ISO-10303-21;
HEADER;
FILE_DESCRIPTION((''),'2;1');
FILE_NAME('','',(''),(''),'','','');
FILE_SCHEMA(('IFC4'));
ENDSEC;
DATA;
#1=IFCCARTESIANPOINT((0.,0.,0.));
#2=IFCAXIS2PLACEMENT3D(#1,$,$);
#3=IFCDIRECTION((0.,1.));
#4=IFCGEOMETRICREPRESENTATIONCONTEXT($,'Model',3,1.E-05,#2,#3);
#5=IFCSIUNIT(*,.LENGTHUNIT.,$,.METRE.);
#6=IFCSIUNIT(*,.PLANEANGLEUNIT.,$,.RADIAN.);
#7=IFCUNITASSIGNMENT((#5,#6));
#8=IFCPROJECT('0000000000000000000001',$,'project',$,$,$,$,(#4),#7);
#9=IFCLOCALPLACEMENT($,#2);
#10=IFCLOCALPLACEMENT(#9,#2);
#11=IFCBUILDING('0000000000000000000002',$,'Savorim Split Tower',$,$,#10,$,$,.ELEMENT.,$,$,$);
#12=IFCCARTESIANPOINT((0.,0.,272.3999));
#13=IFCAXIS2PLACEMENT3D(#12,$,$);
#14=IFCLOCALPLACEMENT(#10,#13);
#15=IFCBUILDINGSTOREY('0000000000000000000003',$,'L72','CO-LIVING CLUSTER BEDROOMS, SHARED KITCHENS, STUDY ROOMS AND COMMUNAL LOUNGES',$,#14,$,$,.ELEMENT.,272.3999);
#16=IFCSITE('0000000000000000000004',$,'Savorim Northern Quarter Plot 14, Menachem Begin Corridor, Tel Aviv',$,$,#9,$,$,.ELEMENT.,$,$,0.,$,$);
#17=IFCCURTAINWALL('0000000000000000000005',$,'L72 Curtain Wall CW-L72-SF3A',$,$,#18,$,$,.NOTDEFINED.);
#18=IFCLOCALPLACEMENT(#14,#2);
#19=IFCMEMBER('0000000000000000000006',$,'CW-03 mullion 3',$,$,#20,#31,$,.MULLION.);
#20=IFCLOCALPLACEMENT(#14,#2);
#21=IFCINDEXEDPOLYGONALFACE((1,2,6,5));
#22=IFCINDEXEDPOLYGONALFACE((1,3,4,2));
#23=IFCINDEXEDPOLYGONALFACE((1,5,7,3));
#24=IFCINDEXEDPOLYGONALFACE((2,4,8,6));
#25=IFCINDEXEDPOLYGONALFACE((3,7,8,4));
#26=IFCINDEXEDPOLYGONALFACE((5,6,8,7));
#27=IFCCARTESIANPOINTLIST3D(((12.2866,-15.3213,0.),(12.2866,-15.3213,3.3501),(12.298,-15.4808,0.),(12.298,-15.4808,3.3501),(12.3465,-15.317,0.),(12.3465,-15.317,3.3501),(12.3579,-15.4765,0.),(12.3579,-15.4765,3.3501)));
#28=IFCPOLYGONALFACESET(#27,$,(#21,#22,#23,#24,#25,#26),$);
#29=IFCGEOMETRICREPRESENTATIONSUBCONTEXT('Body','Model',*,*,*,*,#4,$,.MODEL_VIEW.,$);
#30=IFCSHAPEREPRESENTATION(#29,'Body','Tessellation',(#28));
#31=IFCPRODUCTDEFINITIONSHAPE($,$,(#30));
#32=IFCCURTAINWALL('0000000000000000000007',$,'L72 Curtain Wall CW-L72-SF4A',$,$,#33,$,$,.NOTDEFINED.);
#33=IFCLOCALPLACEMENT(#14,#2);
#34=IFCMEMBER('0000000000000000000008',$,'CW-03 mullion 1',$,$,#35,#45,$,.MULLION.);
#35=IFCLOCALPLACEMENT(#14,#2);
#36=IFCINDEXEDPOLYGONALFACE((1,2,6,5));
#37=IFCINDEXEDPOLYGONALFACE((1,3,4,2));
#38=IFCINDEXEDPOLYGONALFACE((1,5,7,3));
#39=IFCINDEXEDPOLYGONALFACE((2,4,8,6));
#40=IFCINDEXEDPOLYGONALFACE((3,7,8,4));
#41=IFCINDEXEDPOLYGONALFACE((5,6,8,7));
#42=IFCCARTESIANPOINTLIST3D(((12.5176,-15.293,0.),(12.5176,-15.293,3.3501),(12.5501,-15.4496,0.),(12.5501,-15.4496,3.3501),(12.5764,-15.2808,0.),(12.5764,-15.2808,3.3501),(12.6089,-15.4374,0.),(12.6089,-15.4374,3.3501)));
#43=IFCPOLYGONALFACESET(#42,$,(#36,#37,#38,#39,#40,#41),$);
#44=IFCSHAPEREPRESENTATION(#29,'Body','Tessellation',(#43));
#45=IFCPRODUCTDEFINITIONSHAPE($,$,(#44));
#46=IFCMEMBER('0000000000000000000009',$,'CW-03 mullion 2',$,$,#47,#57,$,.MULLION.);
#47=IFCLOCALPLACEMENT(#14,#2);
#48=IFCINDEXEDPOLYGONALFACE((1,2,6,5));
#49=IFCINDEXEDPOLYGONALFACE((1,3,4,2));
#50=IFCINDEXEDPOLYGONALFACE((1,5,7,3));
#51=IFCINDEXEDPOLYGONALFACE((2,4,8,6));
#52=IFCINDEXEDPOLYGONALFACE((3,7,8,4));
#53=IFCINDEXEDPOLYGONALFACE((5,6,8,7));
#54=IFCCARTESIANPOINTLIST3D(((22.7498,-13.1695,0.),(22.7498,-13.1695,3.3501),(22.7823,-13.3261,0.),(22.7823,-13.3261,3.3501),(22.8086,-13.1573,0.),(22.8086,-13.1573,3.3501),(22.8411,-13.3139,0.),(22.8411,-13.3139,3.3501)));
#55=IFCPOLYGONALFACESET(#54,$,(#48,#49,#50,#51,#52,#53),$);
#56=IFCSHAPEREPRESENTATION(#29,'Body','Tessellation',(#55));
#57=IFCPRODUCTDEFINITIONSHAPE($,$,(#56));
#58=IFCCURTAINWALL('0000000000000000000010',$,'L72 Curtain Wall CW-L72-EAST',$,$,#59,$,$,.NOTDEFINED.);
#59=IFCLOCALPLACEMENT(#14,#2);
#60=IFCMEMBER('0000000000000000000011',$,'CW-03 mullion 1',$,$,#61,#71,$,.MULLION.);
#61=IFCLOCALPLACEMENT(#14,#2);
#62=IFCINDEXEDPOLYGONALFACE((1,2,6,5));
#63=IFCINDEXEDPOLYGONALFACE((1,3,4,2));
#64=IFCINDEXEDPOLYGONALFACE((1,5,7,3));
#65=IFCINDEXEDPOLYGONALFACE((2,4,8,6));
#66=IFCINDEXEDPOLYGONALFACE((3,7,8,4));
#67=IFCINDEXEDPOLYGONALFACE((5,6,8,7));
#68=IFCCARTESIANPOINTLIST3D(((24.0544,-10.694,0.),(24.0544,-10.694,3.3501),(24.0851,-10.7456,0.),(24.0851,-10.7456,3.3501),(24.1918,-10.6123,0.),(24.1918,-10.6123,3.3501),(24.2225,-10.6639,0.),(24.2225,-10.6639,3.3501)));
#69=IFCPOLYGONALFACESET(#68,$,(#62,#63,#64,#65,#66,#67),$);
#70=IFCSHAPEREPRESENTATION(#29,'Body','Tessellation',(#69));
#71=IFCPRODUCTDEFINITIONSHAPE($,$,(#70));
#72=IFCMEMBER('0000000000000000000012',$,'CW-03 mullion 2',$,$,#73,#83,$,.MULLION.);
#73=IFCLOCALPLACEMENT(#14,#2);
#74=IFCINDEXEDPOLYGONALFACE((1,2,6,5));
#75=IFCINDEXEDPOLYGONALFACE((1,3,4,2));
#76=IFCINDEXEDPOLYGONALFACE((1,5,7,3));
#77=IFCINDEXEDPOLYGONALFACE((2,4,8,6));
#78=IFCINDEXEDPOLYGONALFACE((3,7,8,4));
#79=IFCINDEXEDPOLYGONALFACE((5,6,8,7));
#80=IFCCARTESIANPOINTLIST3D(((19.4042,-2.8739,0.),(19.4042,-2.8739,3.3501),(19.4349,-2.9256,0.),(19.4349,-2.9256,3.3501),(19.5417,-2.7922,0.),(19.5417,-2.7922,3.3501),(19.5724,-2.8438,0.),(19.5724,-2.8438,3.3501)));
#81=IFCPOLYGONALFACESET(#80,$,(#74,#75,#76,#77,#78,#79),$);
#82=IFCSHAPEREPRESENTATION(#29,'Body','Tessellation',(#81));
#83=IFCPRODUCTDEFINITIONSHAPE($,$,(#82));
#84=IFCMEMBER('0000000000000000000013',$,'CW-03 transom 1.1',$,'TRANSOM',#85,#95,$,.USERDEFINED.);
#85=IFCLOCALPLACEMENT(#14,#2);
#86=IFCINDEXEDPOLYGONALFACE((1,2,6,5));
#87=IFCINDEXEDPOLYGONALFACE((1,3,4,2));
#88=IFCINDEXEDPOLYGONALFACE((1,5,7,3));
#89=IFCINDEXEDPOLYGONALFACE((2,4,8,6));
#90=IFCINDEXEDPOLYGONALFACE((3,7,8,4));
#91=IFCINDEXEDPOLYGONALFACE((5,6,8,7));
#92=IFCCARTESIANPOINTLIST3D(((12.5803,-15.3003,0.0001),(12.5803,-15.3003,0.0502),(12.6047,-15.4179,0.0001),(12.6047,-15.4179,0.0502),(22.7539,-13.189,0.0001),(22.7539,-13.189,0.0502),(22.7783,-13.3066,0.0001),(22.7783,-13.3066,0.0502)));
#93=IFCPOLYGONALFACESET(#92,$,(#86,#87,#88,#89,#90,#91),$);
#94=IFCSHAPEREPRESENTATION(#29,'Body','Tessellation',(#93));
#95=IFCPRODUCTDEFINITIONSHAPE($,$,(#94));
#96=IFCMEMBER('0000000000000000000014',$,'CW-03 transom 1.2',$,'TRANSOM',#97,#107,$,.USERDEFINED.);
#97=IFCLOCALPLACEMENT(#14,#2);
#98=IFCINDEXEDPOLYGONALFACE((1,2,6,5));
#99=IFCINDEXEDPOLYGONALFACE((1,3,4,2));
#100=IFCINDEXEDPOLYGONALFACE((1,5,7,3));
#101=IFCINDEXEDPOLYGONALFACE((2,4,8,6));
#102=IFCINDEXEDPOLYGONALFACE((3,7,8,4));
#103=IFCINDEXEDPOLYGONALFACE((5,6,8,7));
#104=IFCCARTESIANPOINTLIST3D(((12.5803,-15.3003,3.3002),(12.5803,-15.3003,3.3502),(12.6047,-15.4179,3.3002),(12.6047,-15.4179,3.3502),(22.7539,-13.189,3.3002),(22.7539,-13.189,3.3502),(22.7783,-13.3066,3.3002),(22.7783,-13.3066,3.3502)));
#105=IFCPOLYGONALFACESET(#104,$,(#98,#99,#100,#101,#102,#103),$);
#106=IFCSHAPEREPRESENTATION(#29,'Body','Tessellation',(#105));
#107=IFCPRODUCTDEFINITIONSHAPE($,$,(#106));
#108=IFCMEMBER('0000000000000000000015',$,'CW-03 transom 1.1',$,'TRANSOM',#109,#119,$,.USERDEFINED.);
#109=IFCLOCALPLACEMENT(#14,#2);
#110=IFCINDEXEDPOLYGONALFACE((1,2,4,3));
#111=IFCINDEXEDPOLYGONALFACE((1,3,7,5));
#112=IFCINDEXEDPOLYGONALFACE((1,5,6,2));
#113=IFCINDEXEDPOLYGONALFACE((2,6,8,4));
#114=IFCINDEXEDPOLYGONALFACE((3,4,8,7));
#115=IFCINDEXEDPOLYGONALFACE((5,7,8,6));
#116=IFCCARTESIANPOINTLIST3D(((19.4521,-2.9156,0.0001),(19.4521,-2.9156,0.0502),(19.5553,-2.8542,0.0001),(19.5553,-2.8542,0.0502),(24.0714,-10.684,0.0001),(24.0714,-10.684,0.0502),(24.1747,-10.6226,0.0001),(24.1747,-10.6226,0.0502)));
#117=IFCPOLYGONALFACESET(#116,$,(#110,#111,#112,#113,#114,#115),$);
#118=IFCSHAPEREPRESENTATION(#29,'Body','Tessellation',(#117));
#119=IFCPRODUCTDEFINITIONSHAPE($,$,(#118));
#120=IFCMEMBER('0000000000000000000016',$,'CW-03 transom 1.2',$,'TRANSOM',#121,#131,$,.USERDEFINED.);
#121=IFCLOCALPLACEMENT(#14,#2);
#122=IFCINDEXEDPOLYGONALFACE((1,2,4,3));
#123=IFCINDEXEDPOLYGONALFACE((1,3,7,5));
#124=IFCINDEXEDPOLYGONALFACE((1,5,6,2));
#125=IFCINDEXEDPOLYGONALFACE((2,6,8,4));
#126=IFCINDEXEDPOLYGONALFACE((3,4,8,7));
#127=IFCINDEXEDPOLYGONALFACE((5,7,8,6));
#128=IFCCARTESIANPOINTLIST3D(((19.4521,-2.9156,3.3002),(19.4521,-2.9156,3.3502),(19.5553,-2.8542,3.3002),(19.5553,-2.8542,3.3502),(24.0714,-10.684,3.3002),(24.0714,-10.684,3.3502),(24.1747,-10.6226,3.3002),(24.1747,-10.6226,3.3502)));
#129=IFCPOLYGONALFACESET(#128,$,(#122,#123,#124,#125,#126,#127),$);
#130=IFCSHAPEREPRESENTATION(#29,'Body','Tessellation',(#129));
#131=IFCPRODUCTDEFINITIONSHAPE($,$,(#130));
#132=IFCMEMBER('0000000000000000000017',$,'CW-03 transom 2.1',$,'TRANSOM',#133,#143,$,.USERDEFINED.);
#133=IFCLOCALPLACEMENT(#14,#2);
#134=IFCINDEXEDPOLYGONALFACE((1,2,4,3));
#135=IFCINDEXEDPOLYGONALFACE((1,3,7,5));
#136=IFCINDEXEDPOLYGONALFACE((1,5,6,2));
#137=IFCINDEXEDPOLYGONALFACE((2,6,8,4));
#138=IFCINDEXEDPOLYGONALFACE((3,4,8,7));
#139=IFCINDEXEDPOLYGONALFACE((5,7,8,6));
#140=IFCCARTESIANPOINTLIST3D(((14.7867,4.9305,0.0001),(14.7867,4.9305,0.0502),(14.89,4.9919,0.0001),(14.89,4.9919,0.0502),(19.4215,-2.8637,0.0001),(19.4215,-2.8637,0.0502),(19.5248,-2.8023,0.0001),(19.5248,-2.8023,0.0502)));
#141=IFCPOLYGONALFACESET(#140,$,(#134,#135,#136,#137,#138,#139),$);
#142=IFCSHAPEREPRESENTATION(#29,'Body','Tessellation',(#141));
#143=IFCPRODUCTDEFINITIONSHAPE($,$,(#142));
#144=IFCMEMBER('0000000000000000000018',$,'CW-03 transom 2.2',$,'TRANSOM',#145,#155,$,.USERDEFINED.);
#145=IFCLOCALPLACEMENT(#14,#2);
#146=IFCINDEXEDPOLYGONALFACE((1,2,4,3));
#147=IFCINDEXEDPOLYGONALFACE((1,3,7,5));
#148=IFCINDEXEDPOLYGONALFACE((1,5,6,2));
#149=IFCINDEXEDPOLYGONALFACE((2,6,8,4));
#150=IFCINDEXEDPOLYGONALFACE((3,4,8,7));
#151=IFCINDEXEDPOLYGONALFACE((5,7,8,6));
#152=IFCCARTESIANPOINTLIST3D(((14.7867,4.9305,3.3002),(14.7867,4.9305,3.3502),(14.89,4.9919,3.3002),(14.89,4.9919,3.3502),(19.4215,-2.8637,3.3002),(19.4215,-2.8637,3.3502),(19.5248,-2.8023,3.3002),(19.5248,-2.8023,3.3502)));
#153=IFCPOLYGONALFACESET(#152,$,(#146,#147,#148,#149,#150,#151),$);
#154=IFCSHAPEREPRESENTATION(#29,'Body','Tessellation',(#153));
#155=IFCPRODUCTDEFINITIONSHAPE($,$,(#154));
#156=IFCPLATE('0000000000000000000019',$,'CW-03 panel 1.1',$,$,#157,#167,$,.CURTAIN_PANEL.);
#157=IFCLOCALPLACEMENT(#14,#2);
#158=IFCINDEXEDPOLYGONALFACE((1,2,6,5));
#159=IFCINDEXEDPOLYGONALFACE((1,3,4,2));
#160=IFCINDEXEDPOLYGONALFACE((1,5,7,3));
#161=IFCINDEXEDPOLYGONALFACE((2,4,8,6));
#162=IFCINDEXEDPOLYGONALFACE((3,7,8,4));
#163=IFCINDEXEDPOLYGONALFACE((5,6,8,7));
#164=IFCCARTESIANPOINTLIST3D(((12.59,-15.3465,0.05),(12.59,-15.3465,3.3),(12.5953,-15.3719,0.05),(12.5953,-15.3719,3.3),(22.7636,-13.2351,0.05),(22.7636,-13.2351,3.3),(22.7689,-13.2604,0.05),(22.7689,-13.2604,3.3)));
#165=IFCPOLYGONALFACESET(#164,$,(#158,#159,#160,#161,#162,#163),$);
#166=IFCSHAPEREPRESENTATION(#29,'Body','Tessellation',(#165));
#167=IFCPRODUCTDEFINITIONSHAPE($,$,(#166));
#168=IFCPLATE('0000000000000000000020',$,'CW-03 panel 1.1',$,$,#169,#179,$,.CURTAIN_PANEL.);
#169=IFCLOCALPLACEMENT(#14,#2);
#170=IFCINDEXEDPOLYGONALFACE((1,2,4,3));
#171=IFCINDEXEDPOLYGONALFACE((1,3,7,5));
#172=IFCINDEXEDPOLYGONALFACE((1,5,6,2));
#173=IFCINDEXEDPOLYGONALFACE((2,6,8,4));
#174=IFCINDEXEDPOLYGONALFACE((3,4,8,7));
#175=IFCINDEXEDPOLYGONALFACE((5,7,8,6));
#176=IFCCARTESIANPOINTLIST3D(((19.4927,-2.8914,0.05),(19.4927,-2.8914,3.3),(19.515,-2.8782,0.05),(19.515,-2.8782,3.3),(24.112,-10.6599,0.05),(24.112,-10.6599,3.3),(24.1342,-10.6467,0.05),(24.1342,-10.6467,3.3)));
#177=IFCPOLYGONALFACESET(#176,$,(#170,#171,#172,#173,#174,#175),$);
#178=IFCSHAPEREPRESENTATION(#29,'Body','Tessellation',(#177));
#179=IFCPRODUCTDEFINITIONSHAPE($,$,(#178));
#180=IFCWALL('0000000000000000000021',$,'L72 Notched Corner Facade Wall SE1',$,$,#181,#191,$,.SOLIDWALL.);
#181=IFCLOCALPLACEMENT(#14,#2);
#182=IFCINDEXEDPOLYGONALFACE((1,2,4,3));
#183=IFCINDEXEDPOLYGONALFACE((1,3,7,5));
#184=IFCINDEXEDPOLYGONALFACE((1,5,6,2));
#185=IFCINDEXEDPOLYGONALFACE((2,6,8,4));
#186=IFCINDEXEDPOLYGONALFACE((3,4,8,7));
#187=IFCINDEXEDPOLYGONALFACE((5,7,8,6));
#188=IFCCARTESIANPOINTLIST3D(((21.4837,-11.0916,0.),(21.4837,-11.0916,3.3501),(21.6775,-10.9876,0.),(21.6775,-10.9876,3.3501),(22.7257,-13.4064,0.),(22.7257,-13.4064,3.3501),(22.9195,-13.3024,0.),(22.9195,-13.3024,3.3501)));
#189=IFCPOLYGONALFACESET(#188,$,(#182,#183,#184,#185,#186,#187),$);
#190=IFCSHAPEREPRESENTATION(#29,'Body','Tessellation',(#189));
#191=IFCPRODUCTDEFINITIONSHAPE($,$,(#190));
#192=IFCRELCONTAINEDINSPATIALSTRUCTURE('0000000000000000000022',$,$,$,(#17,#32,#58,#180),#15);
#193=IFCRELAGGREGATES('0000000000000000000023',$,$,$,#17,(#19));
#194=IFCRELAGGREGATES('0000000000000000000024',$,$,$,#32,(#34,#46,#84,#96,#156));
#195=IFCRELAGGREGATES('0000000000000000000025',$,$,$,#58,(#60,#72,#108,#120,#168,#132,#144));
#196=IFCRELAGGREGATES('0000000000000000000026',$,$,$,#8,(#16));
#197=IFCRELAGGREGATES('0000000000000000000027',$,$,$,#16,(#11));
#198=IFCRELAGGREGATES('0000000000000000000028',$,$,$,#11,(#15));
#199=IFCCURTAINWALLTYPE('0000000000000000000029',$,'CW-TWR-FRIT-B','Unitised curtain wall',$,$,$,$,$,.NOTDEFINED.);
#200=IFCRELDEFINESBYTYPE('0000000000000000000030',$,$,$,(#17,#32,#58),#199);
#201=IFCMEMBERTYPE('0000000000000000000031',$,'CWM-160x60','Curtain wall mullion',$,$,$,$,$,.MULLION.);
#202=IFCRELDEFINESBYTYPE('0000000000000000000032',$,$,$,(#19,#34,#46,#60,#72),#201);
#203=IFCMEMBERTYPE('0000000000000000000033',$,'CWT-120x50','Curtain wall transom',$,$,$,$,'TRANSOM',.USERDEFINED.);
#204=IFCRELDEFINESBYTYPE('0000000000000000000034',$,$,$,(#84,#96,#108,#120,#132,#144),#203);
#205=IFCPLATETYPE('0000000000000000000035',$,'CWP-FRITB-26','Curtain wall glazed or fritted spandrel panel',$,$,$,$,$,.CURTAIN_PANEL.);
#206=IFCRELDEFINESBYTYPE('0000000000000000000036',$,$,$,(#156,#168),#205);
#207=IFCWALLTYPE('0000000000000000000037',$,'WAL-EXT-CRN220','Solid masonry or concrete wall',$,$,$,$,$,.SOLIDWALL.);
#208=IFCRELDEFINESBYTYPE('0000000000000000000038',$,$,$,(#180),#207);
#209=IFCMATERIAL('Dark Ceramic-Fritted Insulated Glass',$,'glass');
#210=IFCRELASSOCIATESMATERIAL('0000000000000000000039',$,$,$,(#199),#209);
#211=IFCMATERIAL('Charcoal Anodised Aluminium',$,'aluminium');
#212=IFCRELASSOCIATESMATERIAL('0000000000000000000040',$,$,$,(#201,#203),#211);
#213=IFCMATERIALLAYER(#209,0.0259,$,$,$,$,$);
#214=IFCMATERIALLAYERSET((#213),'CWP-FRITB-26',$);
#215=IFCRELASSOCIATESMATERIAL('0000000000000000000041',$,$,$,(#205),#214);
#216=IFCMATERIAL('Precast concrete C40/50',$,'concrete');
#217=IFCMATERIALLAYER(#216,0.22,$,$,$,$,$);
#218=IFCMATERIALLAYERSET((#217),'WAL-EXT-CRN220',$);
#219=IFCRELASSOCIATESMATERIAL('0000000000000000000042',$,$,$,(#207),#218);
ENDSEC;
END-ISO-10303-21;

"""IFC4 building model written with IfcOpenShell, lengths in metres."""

from ifc_helpers import new_model, si_unit, direction, frame, frame_2d, origin, origin_2d, place, context, subcontext, project, spatial, rectangle, extrude, material, layer, layer_set, material_profile, profile_set, type_object, element, aggregate, save


model = new_model("IFC4")

# Units and contexts
model_context = context("Model", 3, precision=1e-05, world=origin(), true_north=direction((0.0, 1.0)))
body_context = subcontext(model_context, "Body", "Model", "MODEL_VIEW")
ifc_project = project(units=[si_unit("LENGTHUNIT", "METRE"), si_unit("PLANEANGLEUNIT", "RADIAN")], contexts=[model_context])

# Site, building, storey
site_placement = place(None, origin())
site = spatial("IfcSite", under=ifc_project, at=site_placement, Name="Savorim Northern Quarter Plot 14, Menachem Begin Corridor, Tel Aviv", CompositionType="ELEMENT", RefElevation=0.0)
building_placement = place(site_placement, origin())
building = spatial("IfcBuilding", under=site, at=building_placement, Name="Savorim Split Tower", CompositionType="ELEMENT")
storey_placement = place(building_placement, frame((0.0, 0.0, 272.3999)))
storey = spatial("IfcBuildingStorey", under=building, at=storey_placement, Name="L72", Description="CO-LIVING CLUSTER BEDROOMS, SHARED KITCHENS, STUDY ROOMS AND COMMUNAL LOUNGES", CompositionType="ELEMENT", Elevation=272.3999)

# Curtain wall, member
ifc_material_1 = material(Name="Dark Ceramic-Fritted Insulated Glass", Category="glass")
curtain_wall_type = type_object("IfcCurtainWallType", Name="CW-TWR-FRIT-B", Description="Unitised curtain wall", PredefinedType="NOTDEFINED", material=ifc_material_1)
curtain_wall_1_placement = place(storey_placement, origin())
curtain_wall_1 = element("IfcCurtainWall", 1, at=curtain_wall_1_placement, inside=storey, type_object=curtain_wall_type, Name="L72 Curtain Wall CW-L72-SF3A", PredefinedType="NOTDEFINED")
ifc_material_2 = material(Name="Charcoal Anodised Aluminium", Category="aluminium")
ifc_material_profile_1 = material_profile(ifc_material_2, rectangle(XDim=0.1599, YDim=0.0601, at=origin_2d()), Name="ALU-M 160x60")
ifc_profile_set_1 = profile_set([ifc_material_profile_1], Name="Charcoal Anodised Aluminium")
member_type_1 = type_object("IfcMemberType", Name="CWM-160x60", Description="Curtain wall mullion", PredefinedType="MULLION", material=ifc_profile_set_1)
member_1_placement = place(storey_placement, frame((12.3223, -15.3989, 0.0), z_axis=(0.0, 0.0, 1.0), x_axis=(-0.071564, 0.997436, 0.0)))
member_1 = element("IfcMember", 2, at=member_1_placement, type_object=member_type_1, Name="CW-03 mullion 3", PredefinedType="MULLION", context=body_context, shape_type="SweptSolid", body=[
    extrude(rectangle(XDim=0.1599, YDim=0.0601, at=origin_2d()), origin(), (0.0, 0.0, 1.0), 3.3501),
])
aggregate(curtain_wall_1, [member_1])

# Curtain walls, members
curtain_wall_2_placement = place(storey_placement, origin())
curtain_wall_2 = element("IfcCurtainWall", 3, at=curtain_wall_2_placement, inside=storey, type_object=curtain_wall_type, Name="L72 Curtain Wall CW-L72-SF4A", PredefinedType="NOTDEFINED")
member_2_placement = place(storey_placement, frame((12.5632, -15.3652, 0.0), z_axis=(0.0, 0.0, 1.0), x_axis=(-0.20321, 0.979135, 0.0)))
member_2 = element("IfcMember", 4, at=member_2_placement, type_object=member_type_1, Name="CW-03 mullion 1", PredefinedType="MULLION", context=body_context, shape_type="SweptSolid", body=[
    extrude(rectangle(XDim=0.1599, YDim=0.0601, at=origin_2d()), origin(), (0.0, 0.0, 1.0), 3.3501),
])
member_3_placement = place(storey_placement, frame((22.7954, -13.2417, 0.0), z_axis=(0.0, 0.0, 1.0), x_axis=(-0.20321, 0.979135, 0.0)))
member_3 = element("IfcMember", 5, at=member_3_placement, type_object=member_type_1, Name="CW-03 mullion 2", PredefinedType="MULLION", context=body_context, shape_type="SweptSolid", body=[
    extrude(rectangle(XDim=0.1599, YDim=0.0601, at=origin_2d()), origin(), (0.0, 0.0, 1.0), 3.3501),
])
curtain_wall_3_placement = place(storey_placement, origin())
curtain_wall_3 = element("IfcCurtainWall", 6, at=curtain_wall_3_placement, inside=storey, type_object=curtain_wall_type, Name="L72 Curtain Wall CW-L72-EAST", PredefinedType="NOTDEFINED")
member_4_placement = place(storey_placement, frame((24.1384, -10.679, 0.0), z_axis=(0.0, 0.0, 1.0), x_axis=(-0.859527, -0.51109, 0.0)))
member_4 = element("IfcMember", 7, at=member_4_placement, type_object=member_type_1, Name="CW-03 mullion 1", PredefinedType="MULLION", context=body_context, shape_type="SweptSolid", body=[
    extrude(rectangle(XDim=0.1599, YDim=0.0601, at=origin_2d()), origin(), (0.0, 0.0, 1.0), 3.3501),
])
member_5_placement = place(storey_placement, frame((19.4883, -2.8589, 0.0), z_axis=(0.0, 0.0, 1.0), x_axis=(-0.859527, -0.51109, 0.0)))
member_5 = element("IfcMember", 8, at=member_5_placement, type_object=member_type_1, Name="CW-03 mullion 2", PredefinedType="MULLION", context=body_context, shape_type="SweptSolid", body=[
    extrude(rectangle(XDim=0.1599, YDim=0.0601, at=origin_2d()), origin(), (0.0, 0.0, 1.0), 3.3501),
])

# Members
ifc_material_profile_2 = material_profile(ifc_material_2, rectangle(XDim=0.1201, YDim=0.05, at=origin_2d()), Name="ALU-T 120x50")
ifc_profile_set_2 = profile_set([ifc_material_profile_2], Name="Charcoal Anodised Aluminium")
member_type_2 = type_object("IfcMemberType", Name="CWT-120x50", Description="Curtain wall transom", ElementType="TRANSOM", PredefinedType="USERDEFINED", material=ifc_profile_set_2)
member_6_placement = place(storey_placement, frame((12.5925, -15.3591, 0.0251), z_axis=(0.979137, 0.203201, 0.0), x_axis=(-0.203201, 0.979137, 0.0)))
member_6 = element("IfcMember", 9, at=member_6_placement, type_object=member_type_2, Name="CW-03 transom 1.1", ObjectType="TRANSOM", PredefinedType="USERDEFINED", context=body_context, shape_type="SweptSolid", body=[
    extrude(rectangle(XDim=0.1201, YDim=0.05, at=origin_2d()), origin(), (0.0, 0.0, 1.0), 10.3904),
])
member_7_placement = place(storey_placement, frame((12.5925, -15.3591, 3.3252), z_axis=(0.979137, 0.203201, 0.0), x_axis=(-0.203201, 0.979137, 0.0)))
member_7 = element("IfcMember", 10, at=member_7_placement, type_object=member_type_2, Name="CW-03 transom 1.2", ObjectType="TRANSOM", PredefinedType="USERDEFINED", context=body_context, shape_type="SweptSolid", body=[
    extrude(rectangle(XDim=0.1201, YDim=0.05, at=origin_2d()), origin(), (0.0, 0.0, 1.0), 10.3904),
])
member_8_placement = place(storey_placement, frame((24.123, -10.6533, 0.0251), z_axis=(-0.511095, 0.859524, 0.0), x_axis=(-0.859524, -0.511095, 0.0)))
member_8 = element("IfcMember", 11, at=member_8_placement, type_object=member_type_2, Name="CW-03 transom 1.1", ObjectType="TRANSOM", PredefinedType="USERDEFINED", context=body_context, shape_type="SweptSolid", body=[
    extrude(rectangle(XDim=0.1201, YDim=0.05, at=origin_2d()), origin(), (0.0, 0.0, 1.0), 9.0381),
])
member_9_placement = place(storey_placement, frame((24.123, -10.6533, 3.3252), z_axis=(-0.511095, 0.859524, 0.0), x_axis=(-0.859524, -0.511095, 0.0)))
member_9 = element("IfcMember", 12, at=member_9_placement, type_object=member_type_2, Name="CW-03 transom 1.2", ObjectType="TRANSOM", PredefinedType="USERDEFINED", context=body_context, shape_type="SweptSolid", body=[
    extrude(rectangle(XDim=0.1201, YDim=0.05, at=origin_2d()), origin(), (0.0, 0.0, 1.0), 9.0381),
])
member_10_placement = place(storey_placement, frame((19.4731, -2.833, 0.0251), z_axis=(-0.511107, 0.859517, 0.0), x_axis=(-0.859517, -0.511107, 0.0)))
member_10 = element("IfcMember", 13, at=member_10_placement, type_object=member_type_2, Name="CW-03 transom 2.1", ObjectType="TRANSOM", PredefinedType="USERDEFINED", context=body_context, shape_type="SweptSolid", body=[
    extrude(rectangle(XDim=0.1201, YDim=0.05, at=origin_2d()), origin(), (0.0, 0.0, 1.0), 9.0681),
])
member_11_placement = place(storey_placement, frame((19.4731, -2.833, 3.3252), z_axis=(-0.511107, 0.859517, 0.0), x_axis=(-0.859517, -0.511107, 0.0)))
member_11 = element("IfcMember", 14, at=member_11_placement, type_object=member_type_2, Name="CW-03 transom 2.2", ObjectType="TRANSOM", PredefinedType="USERDEFINED", context=body_context, shape_type="SweptSolid", body=[
    extrude(rectangle(XDim=0.1201, YDim=0.05, at=origin_2d()), origin(), (0.0, 0.0, 1.0), 9.0681),
])

# Plates
ifc_layer_1 = layer(ifc_material_1, 0.0259)
ifc_layer_set_1 = layer_set([ifc_layer_1], Name="CWP-FRITB-26")
plate_type = type_object("IfcPlateType", Name="CWP-FRITB-26", Description="Curtain wall glazed or fritted spandrel panel", PredefinedType="CURTAIN_PANEL", material=ifc_layer_set_1)
plate_1_placement = place(storey_placement, frame((17.6794, -14.3035, 0.05), z_axis=(0.0, 0.0, 1.0), x_axis=(0.979135, 0.20321, 0.0)))
plate_1 = element("IfcPlate", 15, at=plate_1_placement, type_object=plate_type, Name="CW-03 panel 1.1", PredefinedType="CURTAIN_PANEL", context=body_context, shape_type="SweptSolid", body=[
    extrude(rectangle(XDim=10.3904, YDim=0.0259, at=origin_2d()), origin(), (0.0, 0.0, 1.0), 3.25),
])
aggregate(curtain_wall_2, [member_2, member_3, member_6, member_7, plate_1])
plate_2_placement = place(storey_placement, frame((21.8135, -6.769, 0.05), z_axis=(0.0, 0.0, 1.0), x_axis=(-0.51109, 0.859527, 0.0)))
plate_2 = element("IfcPlate", 16, at=plate_2_placement, type_object=plate_type, Name="CW-03 panel 1.1", PredefinedType="CURTAIN_PANEL", context=body_context, shape_type="SweptSolid", body=[
    extrude(rectangle(XDim=9.0381, YDim=0.0259, at=origin_2d()), origin(), (0.0, 0.0, 1.0), 3.25),
])
aggregate(curtain_wall_3, [member_4, member_5, member_8, member_9, plate_2, member_10, member_11])

# Wall
ifc_material_3 = material(Name="Precast concrete C40/50", Category="concrete")
ifc_layer_2 = layer(ifc_material_3, 0.22)
ifc_layer_set_2 = layer_set([ifc_layer_2], Name="WAL-EXT-CRN220")
wall_type_1 = type_object("IfcWallType", Name="WAL-EXT-CRN220", Description="Solid masonry or concrete wall", PredefinedType="SOLIDWALL", material=ifc_layer_set_2)
wall_1_placement = place(storey_placement, frame((21.5806, -11.0396, 0.0), z_axis=(0.0, 0.0, 1.0), x_axis=(0.472791, -0.881174, 0.0)))
element("IfcWall", 17, at=wall_1_placement, inside=storey, type_object=wall_type_1, Name="L72 Notched Corner Facade Wall SE1", PredefinedType="SOLIDWALL", context=body_context, shape_type="SweptSolid", body=[
    extrude(rectangle(XDim=2.627, YDim=0.22, at=frame_2d((1.3135, 0.0))), origin(), (0.0, 0.0, 1.0), 3.3501),
])

save(model, "model.ifc")
